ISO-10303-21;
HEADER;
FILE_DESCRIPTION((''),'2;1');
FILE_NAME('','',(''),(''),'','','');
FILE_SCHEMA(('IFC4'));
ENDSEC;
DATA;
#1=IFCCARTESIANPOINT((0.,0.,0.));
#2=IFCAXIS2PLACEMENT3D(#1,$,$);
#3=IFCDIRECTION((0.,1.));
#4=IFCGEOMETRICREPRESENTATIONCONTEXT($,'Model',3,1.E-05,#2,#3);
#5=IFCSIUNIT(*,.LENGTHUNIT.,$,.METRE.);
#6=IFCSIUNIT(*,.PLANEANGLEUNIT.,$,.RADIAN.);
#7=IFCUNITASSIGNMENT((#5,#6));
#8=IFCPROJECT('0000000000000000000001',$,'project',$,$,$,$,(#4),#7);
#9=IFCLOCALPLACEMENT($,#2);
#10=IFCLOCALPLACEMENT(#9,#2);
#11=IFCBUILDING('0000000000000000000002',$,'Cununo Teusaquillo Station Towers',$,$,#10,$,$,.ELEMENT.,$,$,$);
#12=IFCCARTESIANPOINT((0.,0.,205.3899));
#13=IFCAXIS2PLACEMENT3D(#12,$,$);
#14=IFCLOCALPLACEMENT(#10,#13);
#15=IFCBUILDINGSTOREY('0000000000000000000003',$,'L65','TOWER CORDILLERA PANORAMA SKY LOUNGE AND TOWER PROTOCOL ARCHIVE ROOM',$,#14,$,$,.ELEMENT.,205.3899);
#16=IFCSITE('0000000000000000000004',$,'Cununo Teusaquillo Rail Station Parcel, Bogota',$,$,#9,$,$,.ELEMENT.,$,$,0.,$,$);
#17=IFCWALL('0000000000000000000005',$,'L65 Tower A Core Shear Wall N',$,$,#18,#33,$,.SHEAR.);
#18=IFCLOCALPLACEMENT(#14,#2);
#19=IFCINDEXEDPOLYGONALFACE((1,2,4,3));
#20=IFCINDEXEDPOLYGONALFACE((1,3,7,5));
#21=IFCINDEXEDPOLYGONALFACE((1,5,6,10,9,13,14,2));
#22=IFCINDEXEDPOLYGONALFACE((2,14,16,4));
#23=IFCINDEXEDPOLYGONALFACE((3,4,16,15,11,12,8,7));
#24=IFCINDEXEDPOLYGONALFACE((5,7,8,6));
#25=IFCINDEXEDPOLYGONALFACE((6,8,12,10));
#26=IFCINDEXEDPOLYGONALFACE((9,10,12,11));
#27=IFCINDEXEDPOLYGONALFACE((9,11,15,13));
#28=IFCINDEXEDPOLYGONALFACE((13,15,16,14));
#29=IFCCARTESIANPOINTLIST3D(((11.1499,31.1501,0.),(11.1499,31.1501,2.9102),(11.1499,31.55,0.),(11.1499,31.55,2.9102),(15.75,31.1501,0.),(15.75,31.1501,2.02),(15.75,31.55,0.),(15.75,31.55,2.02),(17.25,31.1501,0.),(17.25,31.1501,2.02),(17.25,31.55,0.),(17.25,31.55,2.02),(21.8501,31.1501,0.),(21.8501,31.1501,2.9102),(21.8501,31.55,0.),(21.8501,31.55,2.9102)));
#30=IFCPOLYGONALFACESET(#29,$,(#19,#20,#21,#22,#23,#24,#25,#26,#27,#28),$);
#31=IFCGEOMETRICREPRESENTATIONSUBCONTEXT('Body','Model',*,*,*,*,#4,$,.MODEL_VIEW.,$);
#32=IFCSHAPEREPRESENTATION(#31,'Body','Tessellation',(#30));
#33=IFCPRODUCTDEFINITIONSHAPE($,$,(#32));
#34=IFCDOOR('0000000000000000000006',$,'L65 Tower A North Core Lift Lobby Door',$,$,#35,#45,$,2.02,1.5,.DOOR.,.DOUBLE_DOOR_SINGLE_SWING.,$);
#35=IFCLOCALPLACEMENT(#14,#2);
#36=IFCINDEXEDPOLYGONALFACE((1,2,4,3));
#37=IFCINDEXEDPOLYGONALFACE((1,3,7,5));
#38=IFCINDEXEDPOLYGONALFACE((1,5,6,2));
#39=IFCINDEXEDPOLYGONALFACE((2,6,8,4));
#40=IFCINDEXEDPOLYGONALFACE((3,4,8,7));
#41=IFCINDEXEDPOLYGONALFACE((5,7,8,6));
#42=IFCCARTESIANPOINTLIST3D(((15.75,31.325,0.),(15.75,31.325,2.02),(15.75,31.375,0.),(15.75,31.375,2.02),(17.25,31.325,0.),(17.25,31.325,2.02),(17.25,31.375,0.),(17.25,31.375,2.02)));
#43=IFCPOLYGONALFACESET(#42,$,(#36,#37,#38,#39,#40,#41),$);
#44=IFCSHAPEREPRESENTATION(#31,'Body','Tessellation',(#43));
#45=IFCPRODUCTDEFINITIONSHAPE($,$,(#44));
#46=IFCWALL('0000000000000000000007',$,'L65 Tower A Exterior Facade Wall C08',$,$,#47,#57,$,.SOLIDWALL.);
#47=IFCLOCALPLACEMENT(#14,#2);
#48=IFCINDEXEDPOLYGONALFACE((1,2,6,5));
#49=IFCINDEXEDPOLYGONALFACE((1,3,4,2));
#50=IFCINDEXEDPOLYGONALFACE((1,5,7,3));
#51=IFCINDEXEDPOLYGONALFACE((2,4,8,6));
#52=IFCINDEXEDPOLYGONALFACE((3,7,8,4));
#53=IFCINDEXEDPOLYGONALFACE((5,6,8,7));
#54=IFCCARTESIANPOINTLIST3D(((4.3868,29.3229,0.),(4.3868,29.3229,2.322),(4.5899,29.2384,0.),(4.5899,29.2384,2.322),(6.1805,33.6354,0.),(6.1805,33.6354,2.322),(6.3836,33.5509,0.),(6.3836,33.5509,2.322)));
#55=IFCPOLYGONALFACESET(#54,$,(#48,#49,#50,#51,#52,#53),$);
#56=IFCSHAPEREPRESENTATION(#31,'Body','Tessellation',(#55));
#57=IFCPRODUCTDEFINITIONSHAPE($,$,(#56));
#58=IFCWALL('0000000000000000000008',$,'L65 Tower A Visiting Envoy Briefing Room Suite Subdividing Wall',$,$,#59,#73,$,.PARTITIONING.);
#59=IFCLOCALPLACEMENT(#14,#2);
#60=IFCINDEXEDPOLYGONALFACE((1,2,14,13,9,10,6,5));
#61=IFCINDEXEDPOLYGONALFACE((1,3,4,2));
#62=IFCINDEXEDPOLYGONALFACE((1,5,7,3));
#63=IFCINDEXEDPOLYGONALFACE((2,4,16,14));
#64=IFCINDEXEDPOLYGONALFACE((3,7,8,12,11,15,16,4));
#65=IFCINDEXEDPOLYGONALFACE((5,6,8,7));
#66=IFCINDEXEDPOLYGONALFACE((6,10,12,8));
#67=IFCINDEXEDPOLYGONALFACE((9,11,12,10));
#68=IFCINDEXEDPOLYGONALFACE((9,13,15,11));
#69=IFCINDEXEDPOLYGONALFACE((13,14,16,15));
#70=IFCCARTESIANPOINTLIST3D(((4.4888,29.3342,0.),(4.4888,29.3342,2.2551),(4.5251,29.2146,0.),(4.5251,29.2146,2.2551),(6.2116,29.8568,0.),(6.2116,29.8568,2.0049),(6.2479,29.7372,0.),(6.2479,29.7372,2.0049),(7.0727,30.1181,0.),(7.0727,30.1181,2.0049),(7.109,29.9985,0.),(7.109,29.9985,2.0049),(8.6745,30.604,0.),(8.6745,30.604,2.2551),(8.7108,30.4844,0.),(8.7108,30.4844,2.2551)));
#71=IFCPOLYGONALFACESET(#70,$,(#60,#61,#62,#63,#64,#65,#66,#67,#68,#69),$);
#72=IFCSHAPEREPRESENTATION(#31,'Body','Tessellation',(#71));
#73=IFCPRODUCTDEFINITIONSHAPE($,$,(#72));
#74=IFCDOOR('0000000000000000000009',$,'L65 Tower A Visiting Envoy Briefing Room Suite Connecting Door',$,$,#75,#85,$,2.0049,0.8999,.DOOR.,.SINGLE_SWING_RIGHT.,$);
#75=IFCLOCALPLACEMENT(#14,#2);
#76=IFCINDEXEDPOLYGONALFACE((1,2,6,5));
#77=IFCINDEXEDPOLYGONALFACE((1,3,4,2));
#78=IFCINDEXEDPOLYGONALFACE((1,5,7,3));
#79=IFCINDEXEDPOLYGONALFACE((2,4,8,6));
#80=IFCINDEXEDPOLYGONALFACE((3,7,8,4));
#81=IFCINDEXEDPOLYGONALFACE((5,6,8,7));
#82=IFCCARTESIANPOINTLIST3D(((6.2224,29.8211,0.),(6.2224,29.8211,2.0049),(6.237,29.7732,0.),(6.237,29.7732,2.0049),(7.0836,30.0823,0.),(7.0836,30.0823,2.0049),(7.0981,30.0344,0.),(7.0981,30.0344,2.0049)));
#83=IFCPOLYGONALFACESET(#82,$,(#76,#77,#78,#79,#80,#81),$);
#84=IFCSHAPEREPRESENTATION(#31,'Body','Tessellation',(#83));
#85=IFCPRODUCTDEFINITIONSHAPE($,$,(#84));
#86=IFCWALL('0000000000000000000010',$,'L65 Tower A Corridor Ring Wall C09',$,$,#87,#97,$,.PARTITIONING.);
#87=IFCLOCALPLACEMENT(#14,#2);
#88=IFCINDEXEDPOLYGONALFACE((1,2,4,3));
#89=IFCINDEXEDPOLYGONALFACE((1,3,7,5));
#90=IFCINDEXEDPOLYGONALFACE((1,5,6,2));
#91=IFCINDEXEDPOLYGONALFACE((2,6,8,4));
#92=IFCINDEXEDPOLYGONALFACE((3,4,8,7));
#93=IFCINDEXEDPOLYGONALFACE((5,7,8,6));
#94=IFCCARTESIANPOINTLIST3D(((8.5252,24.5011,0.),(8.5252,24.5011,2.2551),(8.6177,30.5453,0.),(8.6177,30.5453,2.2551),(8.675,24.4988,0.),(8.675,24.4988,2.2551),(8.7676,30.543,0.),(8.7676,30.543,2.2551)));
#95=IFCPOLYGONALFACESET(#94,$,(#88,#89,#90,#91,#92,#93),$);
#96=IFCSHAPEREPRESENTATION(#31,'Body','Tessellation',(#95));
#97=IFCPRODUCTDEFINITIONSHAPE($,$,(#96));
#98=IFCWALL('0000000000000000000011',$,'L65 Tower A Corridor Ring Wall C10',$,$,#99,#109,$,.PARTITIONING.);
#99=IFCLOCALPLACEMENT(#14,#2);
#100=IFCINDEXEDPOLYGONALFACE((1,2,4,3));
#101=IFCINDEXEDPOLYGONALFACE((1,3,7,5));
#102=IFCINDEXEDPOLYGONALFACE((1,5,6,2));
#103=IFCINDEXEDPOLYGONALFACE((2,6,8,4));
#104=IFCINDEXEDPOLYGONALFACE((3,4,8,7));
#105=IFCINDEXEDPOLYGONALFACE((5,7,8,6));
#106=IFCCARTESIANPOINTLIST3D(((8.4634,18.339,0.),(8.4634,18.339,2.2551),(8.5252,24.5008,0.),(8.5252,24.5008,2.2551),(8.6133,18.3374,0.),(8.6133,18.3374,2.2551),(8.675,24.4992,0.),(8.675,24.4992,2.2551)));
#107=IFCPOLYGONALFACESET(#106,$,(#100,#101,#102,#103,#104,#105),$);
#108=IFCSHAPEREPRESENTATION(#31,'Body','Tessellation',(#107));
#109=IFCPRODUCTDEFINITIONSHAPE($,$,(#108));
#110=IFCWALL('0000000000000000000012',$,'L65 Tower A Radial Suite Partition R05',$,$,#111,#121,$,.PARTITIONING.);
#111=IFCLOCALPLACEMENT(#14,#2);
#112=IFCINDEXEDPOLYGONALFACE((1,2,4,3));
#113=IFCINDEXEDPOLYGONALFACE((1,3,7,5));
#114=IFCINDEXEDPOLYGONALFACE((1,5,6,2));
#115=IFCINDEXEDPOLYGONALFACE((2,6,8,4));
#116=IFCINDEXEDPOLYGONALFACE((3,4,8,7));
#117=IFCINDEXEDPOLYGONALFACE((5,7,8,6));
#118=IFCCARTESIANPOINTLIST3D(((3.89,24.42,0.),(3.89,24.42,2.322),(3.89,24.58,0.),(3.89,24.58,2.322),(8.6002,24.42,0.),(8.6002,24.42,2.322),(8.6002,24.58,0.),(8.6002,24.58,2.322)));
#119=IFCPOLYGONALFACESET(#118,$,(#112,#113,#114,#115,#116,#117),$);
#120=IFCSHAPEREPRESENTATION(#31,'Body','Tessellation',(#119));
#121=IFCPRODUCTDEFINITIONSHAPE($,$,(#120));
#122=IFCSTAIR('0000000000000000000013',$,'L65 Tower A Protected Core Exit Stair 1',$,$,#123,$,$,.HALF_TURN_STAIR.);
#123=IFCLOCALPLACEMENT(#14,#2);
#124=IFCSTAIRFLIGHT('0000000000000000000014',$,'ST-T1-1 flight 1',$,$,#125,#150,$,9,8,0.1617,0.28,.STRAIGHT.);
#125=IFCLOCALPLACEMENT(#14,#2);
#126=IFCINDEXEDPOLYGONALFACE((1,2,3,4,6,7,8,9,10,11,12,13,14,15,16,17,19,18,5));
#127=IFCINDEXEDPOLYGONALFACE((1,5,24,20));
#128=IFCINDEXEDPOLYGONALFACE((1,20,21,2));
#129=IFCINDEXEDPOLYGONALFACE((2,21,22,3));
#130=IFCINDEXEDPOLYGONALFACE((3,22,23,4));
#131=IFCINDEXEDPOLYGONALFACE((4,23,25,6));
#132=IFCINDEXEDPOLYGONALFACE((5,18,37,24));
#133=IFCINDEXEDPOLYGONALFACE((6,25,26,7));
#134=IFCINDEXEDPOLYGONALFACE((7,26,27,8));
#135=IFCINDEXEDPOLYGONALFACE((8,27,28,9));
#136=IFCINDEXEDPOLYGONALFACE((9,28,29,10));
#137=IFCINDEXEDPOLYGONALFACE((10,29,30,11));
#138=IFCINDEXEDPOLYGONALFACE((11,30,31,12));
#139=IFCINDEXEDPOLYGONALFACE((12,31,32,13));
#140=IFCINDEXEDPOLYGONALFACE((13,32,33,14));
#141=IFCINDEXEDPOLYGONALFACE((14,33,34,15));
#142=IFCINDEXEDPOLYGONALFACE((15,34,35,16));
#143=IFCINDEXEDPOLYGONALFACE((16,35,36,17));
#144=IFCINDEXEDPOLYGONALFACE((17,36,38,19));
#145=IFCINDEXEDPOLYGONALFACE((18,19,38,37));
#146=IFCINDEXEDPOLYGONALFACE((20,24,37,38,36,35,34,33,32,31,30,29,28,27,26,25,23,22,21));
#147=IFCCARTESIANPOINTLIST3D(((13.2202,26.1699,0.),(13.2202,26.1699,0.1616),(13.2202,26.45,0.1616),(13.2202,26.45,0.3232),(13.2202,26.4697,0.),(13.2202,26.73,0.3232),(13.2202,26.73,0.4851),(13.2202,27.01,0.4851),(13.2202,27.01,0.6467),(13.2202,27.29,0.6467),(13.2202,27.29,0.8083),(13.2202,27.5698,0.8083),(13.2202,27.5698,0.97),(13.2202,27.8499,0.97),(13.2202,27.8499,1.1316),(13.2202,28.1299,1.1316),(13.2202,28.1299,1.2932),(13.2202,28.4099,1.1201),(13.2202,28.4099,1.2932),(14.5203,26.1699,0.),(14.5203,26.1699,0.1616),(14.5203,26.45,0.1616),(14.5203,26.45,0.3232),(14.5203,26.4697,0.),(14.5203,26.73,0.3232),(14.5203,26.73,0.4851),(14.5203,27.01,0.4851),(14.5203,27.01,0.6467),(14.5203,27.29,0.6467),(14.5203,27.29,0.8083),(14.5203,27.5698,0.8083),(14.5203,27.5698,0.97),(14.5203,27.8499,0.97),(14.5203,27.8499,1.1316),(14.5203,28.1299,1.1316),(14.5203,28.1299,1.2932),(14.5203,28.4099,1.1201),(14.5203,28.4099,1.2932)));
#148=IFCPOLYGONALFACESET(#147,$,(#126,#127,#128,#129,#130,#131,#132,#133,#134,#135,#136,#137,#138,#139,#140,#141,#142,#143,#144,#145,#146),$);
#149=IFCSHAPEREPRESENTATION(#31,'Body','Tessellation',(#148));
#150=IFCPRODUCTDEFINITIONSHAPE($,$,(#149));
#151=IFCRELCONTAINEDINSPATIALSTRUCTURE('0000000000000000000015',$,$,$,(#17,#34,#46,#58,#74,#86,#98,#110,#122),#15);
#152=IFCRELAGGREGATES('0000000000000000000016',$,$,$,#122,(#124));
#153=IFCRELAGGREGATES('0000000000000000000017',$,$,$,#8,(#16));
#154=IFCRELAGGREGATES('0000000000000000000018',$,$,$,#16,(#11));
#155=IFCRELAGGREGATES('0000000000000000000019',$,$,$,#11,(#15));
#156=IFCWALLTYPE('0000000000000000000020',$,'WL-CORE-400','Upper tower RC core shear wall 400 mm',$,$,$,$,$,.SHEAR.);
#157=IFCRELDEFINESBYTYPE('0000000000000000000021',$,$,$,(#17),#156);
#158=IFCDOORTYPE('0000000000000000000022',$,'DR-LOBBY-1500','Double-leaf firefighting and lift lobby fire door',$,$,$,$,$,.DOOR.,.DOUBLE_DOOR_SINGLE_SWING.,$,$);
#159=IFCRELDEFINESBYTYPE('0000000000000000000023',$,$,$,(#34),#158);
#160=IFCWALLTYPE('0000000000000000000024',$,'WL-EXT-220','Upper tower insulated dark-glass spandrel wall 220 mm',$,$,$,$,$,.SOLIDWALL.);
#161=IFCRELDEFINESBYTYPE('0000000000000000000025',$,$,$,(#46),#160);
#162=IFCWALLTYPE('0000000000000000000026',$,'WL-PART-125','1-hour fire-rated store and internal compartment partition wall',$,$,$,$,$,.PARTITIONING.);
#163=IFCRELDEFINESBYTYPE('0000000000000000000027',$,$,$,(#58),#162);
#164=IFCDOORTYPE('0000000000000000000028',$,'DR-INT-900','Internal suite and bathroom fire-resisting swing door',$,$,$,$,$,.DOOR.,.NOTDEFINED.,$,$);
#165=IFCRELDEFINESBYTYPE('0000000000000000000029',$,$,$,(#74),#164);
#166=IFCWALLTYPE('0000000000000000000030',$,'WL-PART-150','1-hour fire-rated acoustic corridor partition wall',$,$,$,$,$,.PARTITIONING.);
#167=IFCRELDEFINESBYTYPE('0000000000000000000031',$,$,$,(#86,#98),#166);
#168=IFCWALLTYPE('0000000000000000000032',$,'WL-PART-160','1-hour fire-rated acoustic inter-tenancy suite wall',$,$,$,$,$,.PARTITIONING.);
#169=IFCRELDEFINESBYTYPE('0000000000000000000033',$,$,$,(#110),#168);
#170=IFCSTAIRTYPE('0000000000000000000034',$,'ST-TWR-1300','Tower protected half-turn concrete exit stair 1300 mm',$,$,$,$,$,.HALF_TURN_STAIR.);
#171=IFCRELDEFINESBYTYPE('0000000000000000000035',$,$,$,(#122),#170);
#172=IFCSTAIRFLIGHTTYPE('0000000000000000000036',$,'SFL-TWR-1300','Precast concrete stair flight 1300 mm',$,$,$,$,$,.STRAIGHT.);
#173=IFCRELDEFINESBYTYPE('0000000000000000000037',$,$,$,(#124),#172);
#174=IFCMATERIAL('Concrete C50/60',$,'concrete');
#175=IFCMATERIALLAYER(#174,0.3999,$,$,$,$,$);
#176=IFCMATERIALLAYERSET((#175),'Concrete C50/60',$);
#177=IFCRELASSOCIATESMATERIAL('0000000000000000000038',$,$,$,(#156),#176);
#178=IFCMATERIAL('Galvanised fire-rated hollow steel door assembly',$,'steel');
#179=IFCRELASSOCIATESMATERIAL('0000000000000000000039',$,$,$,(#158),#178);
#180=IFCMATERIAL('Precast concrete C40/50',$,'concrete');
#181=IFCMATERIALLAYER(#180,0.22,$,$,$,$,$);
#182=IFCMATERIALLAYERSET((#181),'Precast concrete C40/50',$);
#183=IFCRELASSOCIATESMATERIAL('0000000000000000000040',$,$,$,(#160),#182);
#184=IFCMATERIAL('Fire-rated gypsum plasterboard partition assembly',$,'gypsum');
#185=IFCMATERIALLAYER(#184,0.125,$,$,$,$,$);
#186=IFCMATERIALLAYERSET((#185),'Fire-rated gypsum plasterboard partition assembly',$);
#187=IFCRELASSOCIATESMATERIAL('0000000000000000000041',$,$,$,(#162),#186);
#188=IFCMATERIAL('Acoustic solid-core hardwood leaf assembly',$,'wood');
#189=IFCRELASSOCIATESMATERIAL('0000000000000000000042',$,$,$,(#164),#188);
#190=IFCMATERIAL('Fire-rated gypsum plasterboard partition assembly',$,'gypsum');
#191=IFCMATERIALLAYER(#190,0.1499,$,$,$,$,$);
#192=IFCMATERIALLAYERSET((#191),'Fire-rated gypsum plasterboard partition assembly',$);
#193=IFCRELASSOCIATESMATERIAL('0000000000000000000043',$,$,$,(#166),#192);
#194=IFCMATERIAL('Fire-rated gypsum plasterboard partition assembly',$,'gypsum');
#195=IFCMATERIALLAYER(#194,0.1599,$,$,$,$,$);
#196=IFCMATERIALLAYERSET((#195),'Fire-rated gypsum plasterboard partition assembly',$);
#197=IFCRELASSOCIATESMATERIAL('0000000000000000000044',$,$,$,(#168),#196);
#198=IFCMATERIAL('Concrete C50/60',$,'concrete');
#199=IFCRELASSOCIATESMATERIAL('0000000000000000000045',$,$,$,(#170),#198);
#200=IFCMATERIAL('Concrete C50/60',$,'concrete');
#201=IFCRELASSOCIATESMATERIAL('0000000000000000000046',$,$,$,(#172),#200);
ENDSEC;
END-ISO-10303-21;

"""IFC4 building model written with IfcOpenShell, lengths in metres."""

from ifc_helpers import new_model, si_unit, direction, frame, frame_2d, origin, place, context, subcontext, project, spatial, polyline, rectangle, outline, extrude, source, transform, mapped, material, layer, layer_set, type_object, element, fill, aggregate, save


model = new_model("IFC4")

# Units and contexts
model_context = context("Model", 3, precision=1e-05, world=origin(), true_north=direction((0.0, 1.0)))
body_context = subcontext(model_context, "Body", "Model", "MODEL_VIEW")
ifc_project = project(units=[si_unit("LENGTHUNIT", "METRE"), si_unit("PLANEANGLEUNIT", "RADIAN")], contexts=[model_context])

# Site, building, storey
site_placement = place(None, origin())
site = spatial("IfcSite", under=ifc_project, at=site_placement, Name="Cununo Teusaquillo Rail Station Parcel, Bogota", CompositionType="ELEMENT", RefElevation=0.0)
building_placement = place(site_placement, origin())
building = spatial("IfcBuilding", under=site, at=building_placement, Name="Cununo Teusaquillo Station Towers", CompositionType="ELEMENT")
storey_placement = place(building_placement, frame((0.0, 0.0, 205.3899)))
storey = spatial("IfcBuildingStorey", under=building, at=storey_placement, Name="L65", Description="TOWER CORDILLERA PANORAMA SKY LOUNGE AND TOWER PROTOCOL ARCHIVE ROOM", CompositionType="ELEMENT", Elevation=205.3899)

# Wall, opening, door
ifc_material_1 = material(Name="Concrete C50/60", Category="concrete")
ifc_layer_1 = layer(ifc_material_1, 0.3999)
ifc_layer_set_1 = layer_set([ifc_layer_1], Name="Concrete C50/60")
wall_type_1 = type_object("IfcWallType", Name="WL-CORE-400", Description="Upper tower RC core shear wall 400 mm", PredefinedType="SHEAR", material=ifc_layer_set_1)
wall_1_placement = place(storey_placement, frame((11.1499, 31.3501, 0.0), z_axis=(0.0, 0.0, 1.0), x_axis=(1.0, 0.0, 0.0)))
wall_1 = element("IfcWall", 1, at=wall_1_placement, inside=storey, type_object=wall_type_1, Name="L65 Tower A Core Shear Wall N", PredefinedType="SHEAR", context=body_context, shape_type="SweptSolid", body=[
    extrude(rectangle(XDim=10.7002, YDim=0.3999, at=frame_2d((5.3501, 0.0))), origin(), (0.0, 0.0, 1.0), 2.9102),
])
shared_shape_1 = source(origin(), body_context, "Body", "SweptSolid", [
    extrude(rectangle(XDim=1.5, YDim=2.02, at=frame_2d((0.75, 1.01))), frame((0.0, 0.21, 0.0), z_axis=(0.0, -1.0, 0.0), x_axis=(1.0, 0.0, 0.0)), (0.0, 0.0, 1.0), 0.4199),
])
opening_1_placement = place(wall_1_placement, frame((4.6001, 0.0, 0.0)))
opening_1 = element("IfcOpeningElement", 2, at=opening_1_placement, cuts=wall_1, PredefinedType="OPENING", context=body_context, shape_type="MappedRepresentation", body=[
    mapped(shared_shape_1, transform((0.0, 0.0, 0.0), x_axis=(1.0, 0.0, 0.0), y_axis=(0.0, 1.0, 0.0), z_axis=(0.0, 0.0, 1.0), scale=1.0)),
])
ifc_material_2 = material(Name="Galvanised fire-rated hollow steel door assembly", Category="steel")
door_type_1 = type_object("IfcDoorType", Name="DR-LOBBY-1500", Description="Double-leaf firefighting and lift lobby fire door", OperationType="DOUBLE_DOOR_SINGLE_SWING", PredefinedType="DOOR", material=ifc_material_2)
shared_shape_2 = source(origin(), body_context, "Body", "SweptSolid", [
    extrude(rectangle(XDim=1.5, YDim=2.02, at=frame_2d((0.75, 1.01))), frame((0.0, 0.0249, 0.0), z_axis=(0.0, -1.0, 0.0), x_axis=(1.0, 0.0, 0.0)), (0.0, 0.0, 1.0), 0.05),
])
door_1_placement = place(opening_1_placement, origin())
door_1 = element("IfcDoor", 3, at=door_1_placement, inside=storey, type_object=door_type_1, Name="L65 Tower A North Core Lift Lobby Door", OperationType="DOUBLE_DOOR_SINGLE_SWING", OverallHeight=2.02, OverallWidth=1.5, PredefinedType="DOOR", context=body_context, shape_type="MappedRepresentation", body=[
    mapped(shared_shape_2, transform((0.0, 0.0, 0.0), x_axis=(1.0, 0.0, 0.0), y_axis=(0.0, 1.0, 0.0), z_axis=(0.0, 0.0, 1.0), scale=1.0)),
])
fill(opening_1, door_1)

# Wall
ifc_material_3 = material(Name="Precast concrete C40/50", Category="concrete")
ifc_layer_2 = layer(ifc_material_3, 0.22)
ifc_layer_set_2 = layer_set([ifc_layer_2], Name="Precast concrete C40/50")
wall_type_2 = type_object("IfcWallType", Name="WL-EXT-220", Description="Upper tower insulated dark-glass spandrel wall 220 mm", PredefinedType="SOLIDWALL", material=ifc_layer_set_2)
wall_2_placement = place(storey_placement, frame((4.4883, 29.2805, 0.0), z_axis=(0.0, 0.0, 1.0), x_axis=(0.384036, 0.923318, 0.0)))
element("IfcWall", 4, at=wall_2_placement, inside=storey, type_object=wall_type_2, Name="L65 Tower A Exterior Facade Wall C08", PredefinedType="SOLIDWALL", context=body_context, shape_type="SweptSolid", body=[
    extrude(rectangle(XDim=4.6707, YDim=0.22, at=frame_2d((2.3354, 0.0))), origin(), (0.0, 0.0, 1.0), 2.322),
])

# Wall, opening, door
ifc_material_4 = material(Name="Fire-rated gypsum plasterboard partition assembly", Category="gypsum")
ifc_layer_3 = layer(ifc_material_4, 0.125)
ifc_layer_set_3 = layer_set([ifc_layer_3], Name="Fire-rated gypsum plasterboard partition assembly")
wall_type_3 = type_object("IfcWallType", Name="WL-PART-125", Description="1-hour fire-rated store and internal compartment partition wall", PredefinedType="PARTITIONING", material=ifc_layer_set_3)
wall_3_placement = place(storey_placement, frame((8.6926, 30.5442, 0.0), z_axis=(0.0, 0.0, 1.0), x_axis=(-0.956934, -0.290306, 0.0)))
wall_3 = element("IfcWall", 5, at=wall_3_placement, inside=storey, type_object=wall_type_3, Name="L65 Tower A Visiting Envoy Briefing Room Suite Subdividing Wall", PredefinedType="PARTITIONING", context=body_context, shape_type="SweptSolid", body=[
    extrude(rectangle(XDim=4.374, YDim=0.125, at=frame_2d((2.187, 0.0))), origin(), (0.0, 0.0, 1.0), 2.2551),
])
shared_shape_3 = source(origin(), body_context, "Body", "SweptSolid", [
    extrude(rectangle(XDim=0.8999, YDim=2.0049, at=frame_2d((0.45, 1.0024))), frame((0.0, 0.0725, 0.0), z_axis=(0.0, -1.0, 0.0), x_axis=(1.0, 0.0, 0.0)), (0.0, 0.0, 1.0), 0.145),
])
opening_2_placement = place(wall_3_placement, frame((1.6738, 0.0, 0.0)))
opening_2 = element("IfcOpeningElement", 6, at=opening_2_placement, cuts=wall_3, PredefinedType="OPENING", context=body_context, shape_type="MappedRepresentation", body=[
    mapped(shared_shape_3, transform((0.0, 0.0, 0.0), x_axis=(1.0, 0.0, 0.0), y_axis=(0.0, 1.0, 0.0), z_axis=(0.0, 0.0, 1.0), scale=1.0)),
])
ifc_material_5 = material(Name="Acoustic solid-core hardwood leaf assembly", Category="wood")
door_type_2 = type_object("IfcDoorType", Name="DR-INT-900", Description="Internal suite and bathroom fire-resisting swing door", OperationType="NOTDEFINED", PredefinedType="DOOR", material=ifc_material_5)
shared_shape_4 = source(origin(), body_context, "Body", "SweptSolid", [
    extrude(rectangle(XDim=0.8999, YDim=2.0049, at=frame_2d((0.45, 1.0024))), frame((0.0, 0.0249, 0.0), z_axis=(0.0, -1.0, 0.0), x_axis=(1.0, 0.0, 0.0)), (0.0, 0.0, 1.0), 0.05),
])
door_2_placement = place(opening_2_placement, origin())
door_2 = element("IfcDoor", 7, at=door_2_placement, inside=storey, type_object=door_type_2, Name="L65 Tower A Visiting Envoy Briefing Room Suite Connecting Door", OperationType="SINGLE_SWING_RIGHT", OverallHeight=2.0049, OverallWidth=0.8999, PredefinedType="DOOR", context=body_context, shape_type="MappedRepresentation", body=[
    mapped(shared_shape_4, transform((0.0, 0.0, 0.0), x_axis=(1.0, 0.0, 0.0), y_axis=(0.0, 1.0, 0.0), z_axis=(0.0, 0.0, 1.0), scale=1.0)),
])
fill(opening_2, door_2)

# Walls
ifc_material_6 = material(Name="Fire-rated gypsum plasterboard partition assembly", Category="gypsum")
ifc_layer_4 = layer(ifc_material_6, 0.1499)
ifc_layer_set_4 = layer_set([ifc_layer_4], Name="Fire-rated gypsum plasterboard partition assembly")
wall_type_4 = type_object("IfcWallType", Name="WL-PART-150", Description="1-hour fire-rated acoustic corridor partition wall", PredefinedType="PARTITIONING", material=ifc_layer_set_4)
wall_4_placement = place(storey_placement, frame((8.6926, 30.5442, 0.0), z_axis=(0.0, 0.0, 1.0), x_axis=(-0.015307, -0.999883, 0.0)))
element("IfcWall", 8, at=wall_4_placement, inside=storey, type_object=wall_type_4, Name="L65 Tower A Corridor Ring Wall C09", PredefinedType="PARTITIONING", context=body_context, shape_type="SweptSolid", body=[
    extrude(rectangle(XDim=6.0449, YDim=0.1499, at=frame_2d((3.0225, 0.0))), origin(), (0.0, 0.0, 1.0), 2.2551),
])
wall_5_placement = place(storey_placement, frame((8.6001, 24.5, 0.0), z_axis=(0.0, 0.0, 1.0), x_axis=(-0.010024, -0.99995, 0.0)))
element("IfcWall", 9, at=wall_5_placement, inside=storey, type_object=wall_type_4, Name="L65 Tower A Corridor Ring Wall C10", PredefinedType="PARTITIONING", context=body_context, shape_type="SweptSolid", body=[
    extrude(rectangle(XDim=6.1621, YDim=0.1499, at=frame_2d((3.0811, 0.0))), origin(), (0.0, 0.0, 1.0), 2.2551),
])
ifc_material_7 = material(Name="Fire-rated gypsum plasterboard partition assembly", Category="gypsum")
ifc_layer_5 = layer(ifc_material_7, 0.1599)
ifc_layer_set_5 = layer_set([ifc_layer_5], Name="Fire-rated gypsum plasterboard partition assembly")
wall_type_5 = type_object("IfcWallType", Name="WL-PART-160", Description="1-hour fire-rated acoustic inter-tenancy suite wall", PredefinedType="PARTITIONING", material=ifc_layer_set_5)
wall_6_placement = place(storey_placement, frame((8.6001, 24.5, 0.0), z_axis=(0.0, 0.0, 1.0), x_axis=(-1.0, 0.0, 0.0)))
element("IfcWall", 10, at=wall_6_placement, inside=storey, type_object=wall_type_5, Name="L65 Tower A Radial Suite Partition R05", PredefinedType="PARTITIONING", context=body_context, shape_type="SweptSolid", body=[
    extrude(rectangle(XDim=4.7102, YDim=0.1599, at=frame_2d((2.355, 0.0))), origin(), (0.0, 0.0, 1.0), 2.322),
])

# Stair, stair flight
ifc_material_8 = material(Name="Concrete C50/60", Category="concrete")
stair_type = type_object("IfcStairType", Name="ST-TWR-1300", Description="Tower protected half-turn concrete exit stair 1300 mm", PredefinedType="HALF_TURN_STAIR", material=ifc_material_8)
stair_placement = place(storey_placement, origin())
stair = element("IfcStair", 11, at=stair_placement, inside=storey, type_object=stair_type, Name="L65 Tower A Protected Core Exit Stair 1", PredefinedType="HALF_TURN_STAIR")
ifc_material_9 = material(Name="Concrete C50/60", Category="concrete")
stair_flight_type = type_object("IfcStairFlightType", Name="SFL-TWR-1300", Description="Precast concrete stair flight 1300 mm", PredefinedType="STRAIGHT", material=ifc_material_9)
stair_flight_1_placement = place(storey_placement, frame((13.8701, 26.1699, 0.0), z_axis=(0.0, 0.0, 1.0), x_axis=(0.0, 1.0, 0.0)))
stair_flight_1 = element("IfcStairFlight", 12, at=stair_flight_1_placement, type_object=stair_flight_type, Name="ST-T1-1 flight 1", NumberOfRisers=9, NumberOfTreads=8, PredefinedType="STRAIGHT", RiserHeight=0.1617, TreadLength=0.28, context=body_context, shape_type="SweptSolid", body=[
    extrude(outline(polyline([(0.0, 0.0), (0.0, 0.1616), (0.28, 0.1616), (0.28, 0.3232), (0.5601, 0.3232), (0.5601, 0.4851), (0.8401, 0.4851), (0.8401, 0.6467), (1.1201, 0.6467), (1.1201, 0.8083), (1.3999, 0.8083), (1.3999, 0.97), (1.6799, 0.97), (1.6799, 1.1316), (1.96, 1.1316), (1.96, 1.2932), (2.24, 1.2932), (2.24, 1.4551), (2.24, 1.1201), (0.2998, 0.0), (0.0, 0.0)])), frame((0.0, 0.6499, 0.0), z_axis=(0.0, -1.0, 0.0), x_axis=(1.0, 0.0, 0.0)), (0.0, 0.0, 1.0), 1.3),
])
aggregate(stair, [stair_flight_1])

save(model, "model.ifc")
